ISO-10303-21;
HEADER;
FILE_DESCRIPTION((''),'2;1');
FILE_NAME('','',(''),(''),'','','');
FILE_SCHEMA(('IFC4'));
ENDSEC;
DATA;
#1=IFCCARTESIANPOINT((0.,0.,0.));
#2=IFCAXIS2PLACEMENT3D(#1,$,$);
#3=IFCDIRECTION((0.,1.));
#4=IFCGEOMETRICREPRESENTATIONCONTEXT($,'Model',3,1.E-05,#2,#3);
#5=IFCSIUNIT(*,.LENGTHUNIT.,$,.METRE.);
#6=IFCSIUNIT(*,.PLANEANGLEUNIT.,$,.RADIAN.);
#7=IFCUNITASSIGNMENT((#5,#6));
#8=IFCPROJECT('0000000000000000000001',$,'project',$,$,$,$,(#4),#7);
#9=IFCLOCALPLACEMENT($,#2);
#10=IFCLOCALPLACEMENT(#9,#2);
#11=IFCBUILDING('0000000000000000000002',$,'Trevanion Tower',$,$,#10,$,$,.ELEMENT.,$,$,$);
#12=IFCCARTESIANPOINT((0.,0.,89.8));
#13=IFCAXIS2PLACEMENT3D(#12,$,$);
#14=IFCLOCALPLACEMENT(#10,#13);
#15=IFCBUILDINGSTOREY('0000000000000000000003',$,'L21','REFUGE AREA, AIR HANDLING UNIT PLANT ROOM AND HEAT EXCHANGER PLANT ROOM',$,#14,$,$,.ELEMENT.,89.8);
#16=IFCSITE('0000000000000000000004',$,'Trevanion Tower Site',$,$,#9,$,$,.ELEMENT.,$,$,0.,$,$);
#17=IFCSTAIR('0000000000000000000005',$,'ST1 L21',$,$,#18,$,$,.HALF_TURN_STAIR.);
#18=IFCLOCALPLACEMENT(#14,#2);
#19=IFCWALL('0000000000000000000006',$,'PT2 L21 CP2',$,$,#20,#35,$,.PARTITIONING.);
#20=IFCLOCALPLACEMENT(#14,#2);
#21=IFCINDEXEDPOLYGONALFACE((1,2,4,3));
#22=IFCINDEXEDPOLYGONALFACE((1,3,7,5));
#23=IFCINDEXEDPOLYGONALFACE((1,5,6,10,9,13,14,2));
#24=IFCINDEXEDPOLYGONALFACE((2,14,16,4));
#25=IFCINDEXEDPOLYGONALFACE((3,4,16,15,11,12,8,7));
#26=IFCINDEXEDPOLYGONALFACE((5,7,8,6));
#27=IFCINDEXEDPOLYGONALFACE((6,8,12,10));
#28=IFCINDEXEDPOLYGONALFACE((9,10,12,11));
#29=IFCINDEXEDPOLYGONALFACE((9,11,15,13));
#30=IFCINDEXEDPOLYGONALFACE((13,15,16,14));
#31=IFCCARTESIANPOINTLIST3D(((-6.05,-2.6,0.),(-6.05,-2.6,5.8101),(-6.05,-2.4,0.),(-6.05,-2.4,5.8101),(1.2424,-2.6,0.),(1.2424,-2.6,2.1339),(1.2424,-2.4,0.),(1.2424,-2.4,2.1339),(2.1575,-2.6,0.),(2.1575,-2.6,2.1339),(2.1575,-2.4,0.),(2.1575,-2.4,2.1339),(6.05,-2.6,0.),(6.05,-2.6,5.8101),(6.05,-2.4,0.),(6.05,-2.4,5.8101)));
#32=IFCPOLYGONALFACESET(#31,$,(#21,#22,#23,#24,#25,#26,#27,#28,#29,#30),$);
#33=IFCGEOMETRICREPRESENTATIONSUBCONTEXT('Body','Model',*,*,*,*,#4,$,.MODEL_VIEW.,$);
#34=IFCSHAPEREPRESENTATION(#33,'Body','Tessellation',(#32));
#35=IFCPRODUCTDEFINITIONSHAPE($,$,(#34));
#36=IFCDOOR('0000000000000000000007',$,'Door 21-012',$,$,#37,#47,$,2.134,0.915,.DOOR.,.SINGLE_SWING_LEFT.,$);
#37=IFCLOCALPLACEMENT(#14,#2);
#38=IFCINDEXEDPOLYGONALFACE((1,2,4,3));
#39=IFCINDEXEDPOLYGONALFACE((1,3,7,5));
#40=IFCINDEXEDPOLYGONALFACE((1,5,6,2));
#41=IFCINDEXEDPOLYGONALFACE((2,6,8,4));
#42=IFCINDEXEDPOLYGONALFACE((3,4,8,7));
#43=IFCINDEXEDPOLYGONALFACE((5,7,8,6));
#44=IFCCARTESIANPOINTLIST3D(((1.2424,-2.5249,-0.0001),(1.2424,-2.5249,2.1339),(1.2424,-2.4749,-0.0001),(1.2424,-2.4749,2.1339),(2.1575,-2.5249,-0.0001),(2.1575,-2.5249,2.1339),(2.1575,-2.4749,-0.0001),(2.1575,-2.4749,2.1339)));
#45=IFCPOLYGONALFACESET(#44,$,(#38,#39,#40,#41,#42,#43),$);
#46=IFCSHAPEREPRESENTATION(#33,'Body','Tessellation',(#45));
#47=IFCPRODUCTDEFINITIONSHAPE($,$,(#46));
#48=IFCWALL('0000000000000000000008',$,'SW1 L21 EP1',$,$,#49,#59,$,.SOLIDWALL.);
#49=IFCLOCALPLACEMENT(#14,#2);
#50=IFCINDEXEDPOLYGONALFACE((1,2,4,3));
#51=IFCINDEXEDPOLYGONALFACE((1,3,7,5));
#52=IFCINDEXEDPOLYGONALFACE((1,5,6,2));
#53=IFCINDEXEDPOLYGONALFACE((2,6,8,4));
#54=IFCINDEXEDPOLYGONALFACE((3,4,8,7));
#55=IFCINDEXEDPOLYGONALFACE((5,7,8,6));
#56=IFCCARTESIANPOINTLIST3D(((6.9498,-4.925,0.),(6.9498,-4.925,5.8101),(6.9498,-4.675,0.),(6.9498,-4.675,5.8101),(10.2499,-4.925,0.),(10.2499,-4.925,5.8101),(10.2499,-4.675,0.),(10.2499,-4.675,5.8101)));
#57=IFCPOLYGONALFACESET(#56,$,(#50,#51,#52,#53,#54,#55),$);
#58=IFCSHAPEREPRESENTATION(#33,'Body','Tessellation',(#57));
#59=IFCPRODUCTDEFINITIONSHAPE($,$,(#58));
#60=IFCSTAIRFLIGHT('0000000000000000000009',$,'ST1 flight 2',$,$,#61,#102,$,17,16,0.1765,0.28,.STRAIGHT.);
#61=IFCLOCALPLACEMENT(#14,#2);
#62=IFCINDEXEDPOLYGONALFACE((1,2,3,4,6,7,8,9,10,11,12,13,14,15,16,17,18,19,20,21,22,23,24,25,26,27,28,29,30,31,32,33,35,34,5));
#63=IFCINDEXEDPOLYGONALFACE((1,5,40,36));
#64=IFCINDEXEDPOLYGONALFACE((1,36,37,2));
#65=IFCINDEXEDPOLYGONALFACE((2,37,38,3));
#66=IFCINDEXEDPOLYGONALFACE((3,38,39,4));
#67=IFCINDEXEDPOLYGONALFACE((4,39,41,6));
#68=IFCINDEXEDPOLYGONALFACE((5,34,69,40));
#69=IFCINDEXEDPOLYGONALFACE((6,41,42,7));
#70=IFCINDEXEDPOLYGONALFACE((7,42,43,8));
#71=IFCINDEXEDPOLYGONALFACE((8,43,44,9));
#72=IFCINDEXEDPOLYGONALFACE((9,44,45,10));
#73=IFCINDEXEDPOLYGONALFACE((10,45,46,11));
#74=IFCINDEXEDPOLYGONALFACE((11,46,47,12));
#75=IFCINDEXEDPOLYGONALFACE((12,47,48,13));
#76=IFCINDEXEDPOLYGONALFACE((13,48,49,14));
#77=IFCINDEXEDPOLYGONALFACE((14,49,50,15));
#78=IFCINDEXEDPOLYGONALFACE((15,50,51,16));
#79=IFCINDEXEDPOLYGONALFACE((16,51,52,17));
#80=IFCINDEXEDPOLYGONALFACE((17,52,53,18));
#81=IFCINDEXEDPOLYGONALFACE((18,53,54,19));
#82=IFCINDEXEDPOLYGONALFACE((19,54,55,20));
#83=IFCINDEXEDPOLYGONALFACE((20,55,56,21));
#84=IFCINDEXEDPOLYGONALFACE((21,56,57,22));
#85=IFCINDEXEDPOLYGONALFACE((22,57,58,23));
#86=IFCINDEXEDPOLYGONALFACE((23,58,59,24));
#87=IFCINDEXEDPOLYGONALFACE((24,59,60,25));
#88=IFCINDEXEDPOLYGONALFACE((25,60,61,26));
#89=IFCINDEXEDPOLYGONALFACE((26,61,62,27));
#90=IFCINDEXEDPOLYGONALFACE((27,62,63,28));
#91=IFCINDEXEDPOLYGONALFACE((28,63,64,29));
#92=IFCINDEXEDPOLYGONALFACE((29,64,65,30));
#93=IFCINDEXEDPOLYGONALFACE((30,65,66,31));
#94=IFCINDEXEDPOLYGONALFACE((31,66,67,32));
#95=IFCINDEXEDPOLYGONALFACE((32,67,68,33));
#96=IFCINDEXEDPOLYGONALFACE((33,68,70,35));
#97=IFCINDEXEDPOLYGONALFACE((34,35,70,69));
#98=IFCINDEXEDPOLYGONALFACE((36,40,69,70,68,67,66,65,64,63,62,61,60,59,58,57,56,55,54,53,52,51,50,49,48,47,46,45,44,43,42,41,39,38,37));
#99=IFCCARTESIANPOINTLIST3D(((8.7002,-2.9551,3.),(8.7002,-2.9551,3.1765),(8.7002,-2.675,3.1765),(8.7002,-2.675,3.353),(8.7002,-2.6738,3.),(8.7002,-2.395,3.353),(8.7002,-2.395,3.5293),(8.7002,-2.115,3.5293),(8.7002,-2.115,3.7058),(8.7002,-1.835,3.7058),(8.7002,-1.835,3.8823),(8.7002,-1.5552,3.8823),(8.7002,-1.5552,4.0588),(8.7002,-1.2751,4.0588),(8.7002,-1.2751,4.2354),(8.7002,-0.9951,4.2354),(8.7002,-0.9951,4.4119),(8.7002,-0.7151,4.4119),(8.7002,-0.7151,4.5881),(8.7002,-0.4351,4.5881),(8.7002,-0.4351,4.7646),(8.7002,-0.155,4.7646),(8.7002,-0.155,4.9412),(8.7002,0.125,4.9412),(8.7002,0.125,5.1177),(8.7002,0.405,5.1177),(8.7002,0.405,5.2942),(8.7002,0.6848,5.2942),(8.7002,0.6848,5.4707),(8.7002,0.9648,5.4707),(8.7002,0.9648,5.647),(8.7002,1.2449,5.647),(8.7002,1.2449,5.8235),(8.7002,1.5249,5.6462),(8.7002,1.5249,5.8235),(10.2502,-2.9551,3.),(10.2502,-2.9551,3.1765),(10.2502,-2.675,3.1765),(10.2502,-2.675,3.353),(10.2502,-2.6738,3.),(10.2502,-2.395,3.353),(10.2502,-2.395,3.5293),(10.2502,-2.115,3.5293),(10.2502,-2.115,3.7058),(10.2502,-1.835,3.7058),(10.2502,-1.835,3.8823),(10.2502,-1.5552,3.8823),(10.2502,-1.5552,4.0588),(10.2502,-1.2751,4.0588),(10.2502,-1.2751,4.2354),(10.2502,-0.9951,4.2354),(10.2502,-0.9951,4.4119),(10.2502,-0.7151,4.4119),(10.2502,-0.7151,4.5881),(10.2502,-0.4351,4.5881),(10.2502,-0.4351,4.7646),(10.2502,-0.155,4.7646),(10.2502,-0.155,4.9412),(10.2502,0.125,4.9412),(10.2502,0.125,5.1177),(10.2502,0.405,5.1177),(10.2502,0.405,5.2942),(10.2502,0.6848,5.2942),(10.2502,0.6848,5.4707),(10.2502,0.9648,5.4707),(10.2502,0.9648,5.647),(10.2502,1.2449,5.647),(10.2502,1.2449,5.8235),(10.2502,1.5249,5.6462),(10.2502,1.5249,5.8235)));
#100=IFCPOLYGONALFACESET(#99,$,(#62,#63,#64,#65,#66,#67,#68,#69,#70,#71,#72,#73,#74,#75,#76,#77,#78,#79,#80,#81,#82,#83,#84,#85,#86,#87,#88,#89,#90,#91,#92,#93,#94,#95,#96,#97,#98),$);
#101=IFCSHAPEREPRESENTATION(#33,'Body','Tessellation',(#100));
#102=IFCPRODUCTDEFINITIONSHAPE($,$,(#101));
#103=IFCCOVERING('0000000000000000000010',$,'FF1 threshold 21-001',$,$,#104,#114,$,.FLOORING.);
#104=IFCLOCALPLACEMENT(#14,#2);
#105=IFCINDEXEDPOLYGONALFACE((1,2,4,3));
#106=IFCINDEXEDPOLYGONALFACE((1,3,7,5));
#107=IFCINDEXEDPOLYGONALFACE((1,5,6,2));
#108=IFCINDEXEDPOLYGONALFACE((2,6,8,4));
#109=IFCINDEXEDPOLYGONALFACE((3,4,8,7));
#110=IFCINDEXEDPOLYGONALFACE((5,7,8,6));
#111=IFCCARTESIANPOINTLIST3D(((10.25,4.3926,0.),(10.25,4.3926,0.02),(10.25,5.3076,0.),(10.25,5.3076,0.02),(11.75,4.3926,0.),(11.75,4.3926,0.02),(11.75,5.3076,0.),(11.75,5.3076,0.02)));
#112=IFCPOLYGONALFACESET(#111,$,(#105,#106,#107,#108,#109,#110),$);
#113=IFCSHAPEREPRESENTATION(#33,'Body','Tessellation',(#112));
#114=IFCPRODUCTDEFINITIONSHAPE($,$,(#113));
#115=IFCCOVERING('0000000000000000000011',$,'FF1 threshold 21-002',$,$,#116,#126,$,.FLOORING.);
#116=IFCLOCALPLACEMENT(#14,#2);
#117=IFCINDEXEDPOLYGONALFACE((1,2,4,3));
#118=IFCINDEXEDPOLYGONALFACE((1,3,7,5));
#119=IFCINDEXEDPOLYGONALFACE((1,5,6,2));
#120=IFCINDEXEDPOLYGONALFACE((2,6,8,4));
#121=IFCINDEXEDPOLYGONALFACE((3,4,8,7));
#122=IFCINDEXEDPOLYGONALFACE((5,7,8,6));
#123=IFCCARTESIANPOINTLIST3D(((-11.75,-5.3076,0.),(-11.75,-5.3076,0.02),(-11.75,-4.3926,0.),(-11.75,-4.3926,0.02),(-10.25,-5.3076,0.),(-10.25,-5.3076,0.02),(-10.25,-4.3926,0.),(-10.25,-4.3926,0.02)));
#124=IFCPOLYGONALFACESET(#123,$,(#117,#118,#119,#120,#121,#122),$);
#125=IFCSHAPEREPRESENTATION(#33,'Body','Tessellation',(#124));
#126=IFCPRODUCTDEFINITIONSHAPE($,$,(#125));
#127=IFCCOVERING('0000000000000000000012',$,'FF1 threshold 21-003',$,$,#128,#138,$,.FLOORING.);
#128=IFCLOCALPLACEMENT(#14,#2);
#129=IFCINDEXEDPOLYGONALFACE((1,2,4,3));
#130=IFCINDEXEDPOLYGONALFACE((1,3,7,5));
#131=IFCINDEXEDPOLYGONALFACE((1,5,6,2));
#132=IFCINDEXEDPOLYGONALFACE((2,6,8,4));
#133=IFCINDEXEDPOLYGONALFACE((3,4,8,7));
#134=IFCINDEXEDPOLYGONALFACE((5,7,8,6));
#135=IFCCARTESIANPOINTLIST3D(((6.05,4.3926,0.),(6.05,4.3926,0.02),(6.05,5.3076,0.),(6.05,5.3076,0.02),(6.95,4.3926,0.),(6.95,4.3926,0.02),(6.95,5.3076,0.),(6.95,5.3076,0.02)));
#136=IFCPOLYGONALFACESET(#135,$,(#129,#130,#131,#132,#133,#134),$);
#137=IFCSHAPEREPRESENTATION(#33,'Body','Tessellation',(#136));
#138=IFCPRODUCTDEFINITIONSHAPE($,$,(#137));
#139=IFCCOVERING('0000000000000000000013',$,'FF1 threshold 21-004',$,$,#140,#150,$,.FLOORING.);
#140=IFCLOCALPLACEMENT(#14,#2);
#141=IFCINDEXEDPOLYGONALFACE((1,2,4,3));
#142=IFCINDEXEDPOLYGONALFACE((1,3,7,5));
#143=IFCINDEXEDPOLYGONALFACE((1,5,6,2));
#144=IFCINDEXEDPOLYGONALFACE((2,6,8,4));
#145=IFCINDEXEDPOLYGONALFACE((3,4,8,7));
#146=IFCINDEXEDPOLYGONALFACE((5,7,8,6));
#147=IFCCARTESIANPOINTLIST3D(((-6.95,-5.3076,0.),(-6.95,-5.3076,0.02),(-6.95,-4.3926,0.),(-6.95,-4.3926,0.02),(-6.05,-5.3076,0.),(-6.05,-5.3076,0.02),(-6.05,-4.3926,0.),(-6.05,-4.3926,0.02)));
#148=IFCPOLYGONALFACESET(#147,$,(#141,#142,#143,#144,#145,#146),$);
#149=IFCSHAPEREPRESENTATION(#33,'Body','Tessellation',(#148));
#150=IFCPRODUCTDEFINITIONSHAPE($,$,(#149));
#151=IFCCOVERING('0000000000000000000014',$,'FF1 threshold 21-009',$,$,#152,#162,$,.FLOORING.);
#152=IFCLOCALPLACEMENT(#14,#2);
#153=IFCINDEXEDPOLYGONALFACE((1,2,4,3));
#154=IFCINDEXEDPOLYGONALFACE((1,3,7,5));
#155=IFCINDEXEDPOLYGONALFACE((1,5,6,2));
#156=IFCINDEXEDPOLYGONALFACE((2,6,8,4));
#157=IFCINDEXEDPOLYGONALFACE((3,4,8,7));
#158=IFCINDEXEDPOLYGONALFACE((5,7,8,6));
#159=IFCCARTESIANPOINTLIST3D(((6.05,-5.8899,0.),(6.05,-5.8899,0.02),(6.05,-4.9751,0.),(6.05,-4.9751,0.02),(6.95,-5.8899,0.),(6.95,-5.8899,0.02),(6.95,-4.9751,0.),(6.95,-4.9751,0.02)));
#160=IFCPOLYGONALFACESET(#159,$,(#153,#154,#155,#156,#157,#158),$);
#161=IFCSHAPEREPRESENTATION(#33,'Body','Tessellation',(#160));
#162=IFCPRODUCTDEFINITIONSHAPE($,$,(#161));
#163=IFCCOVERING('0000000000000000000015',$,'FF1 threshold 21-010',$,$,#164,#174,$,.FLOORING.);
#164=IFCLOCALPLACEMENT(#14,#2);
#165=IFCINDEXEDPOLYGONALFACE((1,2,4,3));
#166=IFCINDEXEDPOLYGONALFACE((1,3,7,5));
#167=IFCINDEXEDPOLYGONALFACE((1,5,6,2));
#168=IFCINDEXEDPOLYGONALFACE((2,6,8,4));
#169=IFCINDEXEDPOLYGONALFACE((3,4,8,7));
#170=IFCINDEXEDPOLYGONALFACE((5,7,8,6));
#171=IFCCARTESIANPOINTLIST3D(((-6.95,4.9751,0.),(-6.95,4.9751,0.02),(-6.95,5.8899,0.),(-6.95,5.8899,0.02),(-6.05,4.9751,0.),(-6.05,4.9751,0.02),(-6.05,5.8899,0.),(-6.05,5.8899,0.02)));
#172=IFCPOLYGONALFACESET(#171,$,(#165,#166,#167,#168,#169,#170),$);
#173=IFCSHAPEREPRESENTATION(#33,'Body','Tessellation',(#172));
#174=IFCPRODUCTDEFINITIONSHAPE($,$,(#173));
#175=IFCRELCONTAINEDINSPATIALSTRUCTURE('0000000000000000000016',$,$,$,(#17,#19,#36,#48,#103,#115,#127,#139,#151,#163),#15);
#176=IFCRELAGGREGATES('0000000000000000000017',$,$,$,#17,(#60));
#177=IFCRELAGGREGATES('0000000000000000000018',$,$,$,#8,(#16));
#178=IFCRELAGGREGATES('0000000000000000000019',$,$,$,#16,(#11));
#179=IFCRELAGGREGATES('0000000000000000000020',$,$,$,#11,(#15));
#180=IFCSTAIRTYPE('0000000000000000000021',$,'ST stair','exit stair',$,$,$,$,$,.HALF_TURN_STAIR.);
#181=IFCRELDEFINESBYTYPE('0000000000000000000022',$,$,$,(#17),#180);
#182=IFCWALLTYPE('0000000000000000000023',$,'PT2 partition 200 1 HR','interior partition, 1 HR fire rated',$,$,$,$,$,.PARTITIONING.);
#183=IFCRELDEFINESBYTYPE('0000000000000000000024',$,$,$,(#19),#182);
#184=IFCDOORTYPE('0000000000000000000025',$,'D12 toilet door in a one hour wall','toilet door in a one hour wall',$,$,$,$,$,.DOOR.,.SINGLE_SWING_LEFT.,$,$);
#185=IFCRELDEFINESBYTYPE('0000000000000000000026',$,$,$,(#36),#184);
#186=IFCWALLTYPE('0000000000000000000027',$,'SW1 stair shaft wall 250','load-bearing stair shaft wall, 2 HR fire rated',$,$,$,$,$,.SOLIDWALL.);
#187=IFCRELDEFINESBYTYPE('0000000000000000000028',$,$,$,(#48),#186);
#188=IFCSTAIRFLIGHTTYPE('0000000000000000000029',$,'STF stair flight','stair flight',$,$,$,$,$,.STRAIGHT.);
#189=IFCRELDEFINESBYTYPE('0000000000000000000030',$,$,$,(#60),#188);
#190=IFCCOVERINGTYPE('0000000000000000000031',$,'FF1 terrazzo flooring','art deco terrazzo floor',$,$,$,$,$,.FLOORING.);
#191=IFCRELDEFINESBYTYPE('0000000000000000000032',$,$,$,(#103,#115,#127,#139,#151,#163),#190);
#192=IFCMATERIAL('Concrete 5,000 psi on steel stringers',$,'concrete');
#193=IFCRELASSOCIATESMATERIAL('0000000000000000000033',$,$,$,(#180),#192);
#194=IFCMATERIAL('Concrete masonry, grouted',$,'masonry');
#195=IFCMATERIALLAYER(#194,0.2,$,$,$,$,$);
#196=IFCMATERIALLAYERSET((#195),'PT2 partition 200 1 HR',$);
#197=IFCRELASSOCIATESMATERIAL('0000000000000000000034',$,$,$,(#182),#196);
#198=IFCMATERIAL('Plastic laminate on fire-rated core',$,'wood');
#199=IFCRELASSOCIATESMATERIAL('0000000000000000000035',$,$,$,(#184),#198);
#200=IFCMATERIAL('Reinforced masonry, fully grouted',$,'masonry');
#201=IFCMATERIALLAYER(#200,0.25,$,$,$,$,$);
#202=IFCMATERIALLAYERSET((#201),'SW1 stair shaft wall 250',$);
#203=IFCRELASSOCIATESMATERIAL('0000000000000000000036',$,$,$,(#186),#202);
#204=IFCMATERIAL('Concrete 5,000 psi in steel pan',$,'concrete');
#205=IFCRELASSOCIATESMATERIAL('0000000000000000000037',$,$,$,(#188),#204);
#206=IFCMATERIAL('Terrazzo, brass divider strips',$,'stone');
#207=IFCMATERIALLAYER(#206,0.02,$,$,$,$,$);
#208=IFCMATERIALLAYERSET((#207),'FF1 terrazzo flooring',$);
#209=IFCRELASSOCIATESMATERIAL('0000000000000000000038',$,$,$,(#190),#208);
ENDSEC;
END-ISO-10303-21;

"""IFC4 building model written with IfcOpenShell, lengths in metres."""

from ifc_helpers import new_model, si_unit, direction, frame, frame_2d, origin, place, context, subcontext, project, spatial, polyline, rectangle, outline, extrude, material, layer, layer_set, type_object, element, fill, aggregate, save


model = new_model("IFC4")

# Units and contexts
model_context = context("Model", 3, precision=1e-05, world=origin(), true_north=direction((0.0, 1.0)))
body_context = subcontext(model_context, "Body", "Model", "MODEL_VIEW")
ifc_project = project(units=[si_unit("LENGTHUNIT", "METRE"), si_unit("PLANEANGLEUNIT", "RADIAN")], contexts=[model_context])

# Site, building, storey
site_placement = place(None, origin())
site = spatial("IfcSite", under=ifc_project, at=site_placement, Name="Trevanion Tower Site", CompositionType="ELEMENT", RefElevation=0.0)
building_placement = place(site_placement, origin())
building = spatial("IfcBuilding", under=site, at=building_placement, Name="Trevanion Tower", CompositionType="ELEMENT")
storey_placement = place(building_placement, frame((0.0, 0.0, 89.8)))
storey = spatial("IfcBuildingStorey", under=building, at=storey_placement, Name="L21", Description="REFUGE AREA, AIR HANDLING UNIT PLANT ROOM AND HEAT EXCHANGER PLANT ROOM", CompositionType="ELEMENT", Elevation=89.8)

# Stair
ifc_material_1 = material(Name="Concrete 5,000 psi on steel stringers", Category="concrete")
stair_type = type_object("IfcStairType", Name="ST stair", Description="exit stair", PredefinedType="HALF_TURN_STAIR", material=ifc_material_1)
stair_1_placement = place(storey_placement, origin())
stair_1 = element("IfcStair", 1, at=stair_1_placement, inside=storey, type_object=stair_type, Name="ST1 L21", PredefinedType="HALF_TURN_STAIR")

# Wall, opening, door
ifc_material_2 = material(Name="Concrete masonry, grouted", Category="masonry")
ifc_layer_1 = layer(ifc_material_2, 0.2)
ifc_layer_set_1 = layer_set([ifc_layer_1], Name="PT2 partition 200 1 HR")
wall_type_1 = type_object("IfcWallType", Name="PT2 partition 200 1 HR", Description="interior partition, 1 HR fire rated", PredefinedType="PARTITIONING", material=ifc_layer_set_1)
wall_1_placement = place(storey_placement, frame((6.05, -2.5, 0.0), z_axis=(0.0, 0.0, 1.0), x_axis=(-1.0, 0.0, 0.0)))
wall_1 = element("IfcWall", 2, at=wall_1_placement, inside=storey, type_object=wall_type_1, Name="PT2 L21 CP2", PredefinedType="PARTITIONING", context=body_context, shape_type="SweptSolid", body=[
    extrude(rectangle(XDim=12.1001, YDim=0.2, at=frame_2d((6.05, 0.0))), origin(), (0.0, 0.0, 1.0), 5.8101),
])
opening_placement = place(wall_1_placement, frame((3.8926, 0.0, 0.0)))
opening = element("IfcOpeningElement", 3, at=opening_placement, cuts=wall_1, PredefinedType="OPENING", context=body_context, shape_type="SweptSolid", body=[
    extrude(rectangle(XDim=0.915, YDim=2.134, at=frame_2d((0.4575, 1.0669))), frame((0.0, 0.1099, 0.0), z_axis=(0.0, -1.0, 0.0), x_axis=(1.0, 0.0, 0.0)), (0.0, 0.0, 1.0), 0.22),
])
ifc_material_3 = material(Name="Plastic laminate on fire-rated core", Category="wood")
door_type = type_object("IfcDoorType", Name="D12 toilet door in a one hour wall", Description="toilet door in a one hour wall", OperationType="SINGLE_SWING_LEFT", PredefinedType="DOOR", material=ifc_material_3)
door_placement = place(opening_placement, origin())
door = element("IfcDoor", 4, at=door_placement, inside=storey, type_object=door_type, Name="Door 21-012", OperationType="SINGLE_SWING_LEFT", OverallHeight=2.134, OverallWidth=0.915, PredefinedType="DOOR", context=body_context, shape_type="SweptSolid", body=[
    extrude(rectangle(XDim=0.915, YDim=2.134, at=frame_2d((0.4575, 1.0669))), frame((0.0, 0.0249, 0.0), z_axis=(0.0, -1.0, 0.0), x_axis=(1.0, 0.0, 0.0)), (0.0, 0.0, 1.0), 0.05),
])
fill(opening, door)

# Wall
ifc_material_4 = material(Name="Reinforced masonry, fully grouted", Category="masonry")
ifc_layer_2 = layer(ifc_material_4, 0.25)
ifc_layer_set_2 = layer_set([ifc_layer_2], Name="SW1 stair shaft wall 250")
wall_type_2 = type_object("IfcWallType", Name="SW1 stair shaft wall 250", Description="load-bearing stair shaft wall, 2 HR fire rated", PredefinedType="SOLIDWALL", material=ifc_layer_set_2)
wall_2_placement = place(storey_placement, frame((6.95, -4.8, 0.0), z_axis=(0.0, 0.0, 1.0), x_axis=(1.0, 0.0, 0.0)))
element("IfcWall", 5, at=wall_2_placement, inside=storey, type_object=wall_type_2, Name="SW1 L21 EP1", PredefinedType="SOLIDWALL", context=body_context, shape_type="SweptSolid", body=[
    extrude(rectangle(XDim=3.3, YDim=0.25, at=frame_2d((1.6499, 0.0))), origin(), (0.0, 0.0, 1.0), 5.8101),
])

# Stair flight
ifc_material_5 = material(Name="Concrete 5,000 psi in steel pan", Category="concrete")
stair_flight_type = type_object("IfcStairFlightType", Name="STF stair flight", Description="stair flight", PredefinedType="STRAIGHT", material=ifc_material_5)
stair_flight_placement = place(storey_placement, frame((9.4751, -2.9551, 3.0), z_axis=(0.0, 0.0, 1.0), x_axis=(0.0, 1.0, 0.0)))
stair_flight = element("IfcStairFlight", 6, at=stair_flight_placement, type_object=stair_flight_type, Name="ST1 flight 2", NumberOfRisers=17, NumberOfTreads=16, PredefinedType="STRAIGHT", RiserHeight=0.1765, TreadLength=0.28, context=body_context, shape_type="SweptSolid", body=[
    extrude(outline(polyline([(0.0, 0.0), (0.0, 0.1765), (0.28, 0.1765), (0.28, 0.353), (0.5601, 0.353), (0.5601, 0.5293), (0.8401, 0.5293), (0.8401, 0.7058), (1.1201, 0.7058), (1.1201, 0.8823), (1.3999, 0.8823), (1.3999, 1.0588), (1.6799, 1.0588), (1.6799, 1.2354), (1.96, 1.2354), (1.96, 1.4119), (2.24, 1.4119), (2.24, 1.5881), (2.52, 1.5881), (2.52, 1.7646), (2.8, 1.7646), (2.8, 1.9412), (3.0801, 1.9412), (3.0801, 2.1177), (3.3601, 2.1177), (3.3601, 2.2942), (3.6399, 2.2942), (3.6399, 2.4707), (3.9199, 2.4707), (3.9199, 2.647), (4.2, 2.647), (4.2, 2.8235), (4.48, 2.8235), (4.48, 3.0), (4.48, 2.6462), (0.2812, 0.0), (0.0, 0.0)])), frame((0.0, 0.7749, 0.0), z_axis=(0.0, -1.0, 0.0), x_axis=(1.0, 0.0, 0.0)), (0.0, 0.0, 1.0), 1.55),
])
aggregate(stair_1, [stair_flight])

# Coverings
ifc_material_6 = material(Name="Terrazzo, brass divider strips", Category="stone")
ifc_layer_3 = layer(ifc_material_6, 0.02)
ifc_layer_set_3 = layer_set([ifc_layer_3], Name="FF1 terrazzo flooring")
covering_type = type_object("IfcCoveringType", Name="FF1 terrazzo flooring", Description="art deco terrazzo floor", PredefinedType="FLOORING", material=ifc_layer_set_3)
covering_1_placement = place(storey_placement, origin())
element("IfcCovering", 7, at=covering_1_placement, inside=storey, type_object=covering_type, Name="FF1 threshold 21-001", PredefinedType="FLOORING", context=body_context, shape_type="SweptSolid", body=[
    extrude(outline(polyline([(11.75, 4.3926), (11.75, 5.3076), (10.25, 5.3076), (10.25, 4.3926), (11.75, 4.3926)])), origin(), (0.0, 0.0, 1.0), 0.02),
])
covering_2_placement = place(storey_placement, origin())
element("IfcCovering", 8, at=covering_2_placement, inside=storey, type_object=covering_type, Name="FF1 threshold 21-002", PredefinedType="FLOORING", context=body_context, shape_type="SweptSolid", body=[
    extrude(outline(polyline([(-11.75, -4.3926), (-11.75, -5.3076), (-10.25, -5.3076), (-10.25, -4.3926), (-11.75, -4.3926)])), origin(), (0.0, 0.0, 1.0), 0.02),
])
covering_3_placement = place(storey_placement, origin())
element("IfcCovering", 9, at=covering_3_placement, inside=storey, type_object=covering_type, Name="FF1 threshold 21-003", PredefinedType="FLOORING", context=body_context, shape_type="SweptSolid", body=[
    extrude(outline(polyline([(6.95, 4.3926), (6.95, 5.3076), (6.05, 5.3076), (6.05, 4.3926), (6.95, 4.3926)])), origin(), (0.0, 0.0, 1.0), 0.02),
])
covering_4_placement = place(storey_placement, origin())
element("IfcCovering", 10, at=covering_4_placement, inside=storey, type_object=covering_type, Name="FF1 threshold 21-004", PredefinedType="FLOORING", context=body_context, shape_type="SweptSolid", body=[
    extrude(outline(polyline([(-6.95, -4.3926), (-6.95, -5.3076), (-6.05, -5.3076), (-6.05, -4.3926), (-6.95, -4.3926)])), origin(), (0.0, 0.0, 1.0), 0.02),
])
covering_5_placement = place(storey_placement, origin())
element("IfcCovering", 11, at=covering_5_placement, inside=storey, type_object=covering_type, Name="FF1 threshold 21-009", PredefinedType="FLOORING", context=body_context, shape_type="SweptSolid", body=[
    extrude(outline(polyline([(6.95, -5.8899), (6.95, -4.9751), (6.05, -4.9751), (6.05, -5.8899), (6.95, -5.8899)])), origin(), (0.0, 0.0, 1.0), 0.02),
])
covering_6_placement = place(storey_placement, origin())
element("IfcCovering", 12, at=covering_6_placement, inside=storey, type_object=covering_type, Name="FF1 threshold 21-010", PredefinedType="FLOORING", context=body_context, shape_type="SweptSolid", body=[
    extrude(outline(polyline([(-6.95, 5.8899), (-6.95, 4.9751), (-6.05, 4.9751), (-6.05, 5.8899), (-6.95, 5.8899)])), origin(), (0.0, 0.0, 1.0), 0.02),
])

save(model, "model.ifc")
